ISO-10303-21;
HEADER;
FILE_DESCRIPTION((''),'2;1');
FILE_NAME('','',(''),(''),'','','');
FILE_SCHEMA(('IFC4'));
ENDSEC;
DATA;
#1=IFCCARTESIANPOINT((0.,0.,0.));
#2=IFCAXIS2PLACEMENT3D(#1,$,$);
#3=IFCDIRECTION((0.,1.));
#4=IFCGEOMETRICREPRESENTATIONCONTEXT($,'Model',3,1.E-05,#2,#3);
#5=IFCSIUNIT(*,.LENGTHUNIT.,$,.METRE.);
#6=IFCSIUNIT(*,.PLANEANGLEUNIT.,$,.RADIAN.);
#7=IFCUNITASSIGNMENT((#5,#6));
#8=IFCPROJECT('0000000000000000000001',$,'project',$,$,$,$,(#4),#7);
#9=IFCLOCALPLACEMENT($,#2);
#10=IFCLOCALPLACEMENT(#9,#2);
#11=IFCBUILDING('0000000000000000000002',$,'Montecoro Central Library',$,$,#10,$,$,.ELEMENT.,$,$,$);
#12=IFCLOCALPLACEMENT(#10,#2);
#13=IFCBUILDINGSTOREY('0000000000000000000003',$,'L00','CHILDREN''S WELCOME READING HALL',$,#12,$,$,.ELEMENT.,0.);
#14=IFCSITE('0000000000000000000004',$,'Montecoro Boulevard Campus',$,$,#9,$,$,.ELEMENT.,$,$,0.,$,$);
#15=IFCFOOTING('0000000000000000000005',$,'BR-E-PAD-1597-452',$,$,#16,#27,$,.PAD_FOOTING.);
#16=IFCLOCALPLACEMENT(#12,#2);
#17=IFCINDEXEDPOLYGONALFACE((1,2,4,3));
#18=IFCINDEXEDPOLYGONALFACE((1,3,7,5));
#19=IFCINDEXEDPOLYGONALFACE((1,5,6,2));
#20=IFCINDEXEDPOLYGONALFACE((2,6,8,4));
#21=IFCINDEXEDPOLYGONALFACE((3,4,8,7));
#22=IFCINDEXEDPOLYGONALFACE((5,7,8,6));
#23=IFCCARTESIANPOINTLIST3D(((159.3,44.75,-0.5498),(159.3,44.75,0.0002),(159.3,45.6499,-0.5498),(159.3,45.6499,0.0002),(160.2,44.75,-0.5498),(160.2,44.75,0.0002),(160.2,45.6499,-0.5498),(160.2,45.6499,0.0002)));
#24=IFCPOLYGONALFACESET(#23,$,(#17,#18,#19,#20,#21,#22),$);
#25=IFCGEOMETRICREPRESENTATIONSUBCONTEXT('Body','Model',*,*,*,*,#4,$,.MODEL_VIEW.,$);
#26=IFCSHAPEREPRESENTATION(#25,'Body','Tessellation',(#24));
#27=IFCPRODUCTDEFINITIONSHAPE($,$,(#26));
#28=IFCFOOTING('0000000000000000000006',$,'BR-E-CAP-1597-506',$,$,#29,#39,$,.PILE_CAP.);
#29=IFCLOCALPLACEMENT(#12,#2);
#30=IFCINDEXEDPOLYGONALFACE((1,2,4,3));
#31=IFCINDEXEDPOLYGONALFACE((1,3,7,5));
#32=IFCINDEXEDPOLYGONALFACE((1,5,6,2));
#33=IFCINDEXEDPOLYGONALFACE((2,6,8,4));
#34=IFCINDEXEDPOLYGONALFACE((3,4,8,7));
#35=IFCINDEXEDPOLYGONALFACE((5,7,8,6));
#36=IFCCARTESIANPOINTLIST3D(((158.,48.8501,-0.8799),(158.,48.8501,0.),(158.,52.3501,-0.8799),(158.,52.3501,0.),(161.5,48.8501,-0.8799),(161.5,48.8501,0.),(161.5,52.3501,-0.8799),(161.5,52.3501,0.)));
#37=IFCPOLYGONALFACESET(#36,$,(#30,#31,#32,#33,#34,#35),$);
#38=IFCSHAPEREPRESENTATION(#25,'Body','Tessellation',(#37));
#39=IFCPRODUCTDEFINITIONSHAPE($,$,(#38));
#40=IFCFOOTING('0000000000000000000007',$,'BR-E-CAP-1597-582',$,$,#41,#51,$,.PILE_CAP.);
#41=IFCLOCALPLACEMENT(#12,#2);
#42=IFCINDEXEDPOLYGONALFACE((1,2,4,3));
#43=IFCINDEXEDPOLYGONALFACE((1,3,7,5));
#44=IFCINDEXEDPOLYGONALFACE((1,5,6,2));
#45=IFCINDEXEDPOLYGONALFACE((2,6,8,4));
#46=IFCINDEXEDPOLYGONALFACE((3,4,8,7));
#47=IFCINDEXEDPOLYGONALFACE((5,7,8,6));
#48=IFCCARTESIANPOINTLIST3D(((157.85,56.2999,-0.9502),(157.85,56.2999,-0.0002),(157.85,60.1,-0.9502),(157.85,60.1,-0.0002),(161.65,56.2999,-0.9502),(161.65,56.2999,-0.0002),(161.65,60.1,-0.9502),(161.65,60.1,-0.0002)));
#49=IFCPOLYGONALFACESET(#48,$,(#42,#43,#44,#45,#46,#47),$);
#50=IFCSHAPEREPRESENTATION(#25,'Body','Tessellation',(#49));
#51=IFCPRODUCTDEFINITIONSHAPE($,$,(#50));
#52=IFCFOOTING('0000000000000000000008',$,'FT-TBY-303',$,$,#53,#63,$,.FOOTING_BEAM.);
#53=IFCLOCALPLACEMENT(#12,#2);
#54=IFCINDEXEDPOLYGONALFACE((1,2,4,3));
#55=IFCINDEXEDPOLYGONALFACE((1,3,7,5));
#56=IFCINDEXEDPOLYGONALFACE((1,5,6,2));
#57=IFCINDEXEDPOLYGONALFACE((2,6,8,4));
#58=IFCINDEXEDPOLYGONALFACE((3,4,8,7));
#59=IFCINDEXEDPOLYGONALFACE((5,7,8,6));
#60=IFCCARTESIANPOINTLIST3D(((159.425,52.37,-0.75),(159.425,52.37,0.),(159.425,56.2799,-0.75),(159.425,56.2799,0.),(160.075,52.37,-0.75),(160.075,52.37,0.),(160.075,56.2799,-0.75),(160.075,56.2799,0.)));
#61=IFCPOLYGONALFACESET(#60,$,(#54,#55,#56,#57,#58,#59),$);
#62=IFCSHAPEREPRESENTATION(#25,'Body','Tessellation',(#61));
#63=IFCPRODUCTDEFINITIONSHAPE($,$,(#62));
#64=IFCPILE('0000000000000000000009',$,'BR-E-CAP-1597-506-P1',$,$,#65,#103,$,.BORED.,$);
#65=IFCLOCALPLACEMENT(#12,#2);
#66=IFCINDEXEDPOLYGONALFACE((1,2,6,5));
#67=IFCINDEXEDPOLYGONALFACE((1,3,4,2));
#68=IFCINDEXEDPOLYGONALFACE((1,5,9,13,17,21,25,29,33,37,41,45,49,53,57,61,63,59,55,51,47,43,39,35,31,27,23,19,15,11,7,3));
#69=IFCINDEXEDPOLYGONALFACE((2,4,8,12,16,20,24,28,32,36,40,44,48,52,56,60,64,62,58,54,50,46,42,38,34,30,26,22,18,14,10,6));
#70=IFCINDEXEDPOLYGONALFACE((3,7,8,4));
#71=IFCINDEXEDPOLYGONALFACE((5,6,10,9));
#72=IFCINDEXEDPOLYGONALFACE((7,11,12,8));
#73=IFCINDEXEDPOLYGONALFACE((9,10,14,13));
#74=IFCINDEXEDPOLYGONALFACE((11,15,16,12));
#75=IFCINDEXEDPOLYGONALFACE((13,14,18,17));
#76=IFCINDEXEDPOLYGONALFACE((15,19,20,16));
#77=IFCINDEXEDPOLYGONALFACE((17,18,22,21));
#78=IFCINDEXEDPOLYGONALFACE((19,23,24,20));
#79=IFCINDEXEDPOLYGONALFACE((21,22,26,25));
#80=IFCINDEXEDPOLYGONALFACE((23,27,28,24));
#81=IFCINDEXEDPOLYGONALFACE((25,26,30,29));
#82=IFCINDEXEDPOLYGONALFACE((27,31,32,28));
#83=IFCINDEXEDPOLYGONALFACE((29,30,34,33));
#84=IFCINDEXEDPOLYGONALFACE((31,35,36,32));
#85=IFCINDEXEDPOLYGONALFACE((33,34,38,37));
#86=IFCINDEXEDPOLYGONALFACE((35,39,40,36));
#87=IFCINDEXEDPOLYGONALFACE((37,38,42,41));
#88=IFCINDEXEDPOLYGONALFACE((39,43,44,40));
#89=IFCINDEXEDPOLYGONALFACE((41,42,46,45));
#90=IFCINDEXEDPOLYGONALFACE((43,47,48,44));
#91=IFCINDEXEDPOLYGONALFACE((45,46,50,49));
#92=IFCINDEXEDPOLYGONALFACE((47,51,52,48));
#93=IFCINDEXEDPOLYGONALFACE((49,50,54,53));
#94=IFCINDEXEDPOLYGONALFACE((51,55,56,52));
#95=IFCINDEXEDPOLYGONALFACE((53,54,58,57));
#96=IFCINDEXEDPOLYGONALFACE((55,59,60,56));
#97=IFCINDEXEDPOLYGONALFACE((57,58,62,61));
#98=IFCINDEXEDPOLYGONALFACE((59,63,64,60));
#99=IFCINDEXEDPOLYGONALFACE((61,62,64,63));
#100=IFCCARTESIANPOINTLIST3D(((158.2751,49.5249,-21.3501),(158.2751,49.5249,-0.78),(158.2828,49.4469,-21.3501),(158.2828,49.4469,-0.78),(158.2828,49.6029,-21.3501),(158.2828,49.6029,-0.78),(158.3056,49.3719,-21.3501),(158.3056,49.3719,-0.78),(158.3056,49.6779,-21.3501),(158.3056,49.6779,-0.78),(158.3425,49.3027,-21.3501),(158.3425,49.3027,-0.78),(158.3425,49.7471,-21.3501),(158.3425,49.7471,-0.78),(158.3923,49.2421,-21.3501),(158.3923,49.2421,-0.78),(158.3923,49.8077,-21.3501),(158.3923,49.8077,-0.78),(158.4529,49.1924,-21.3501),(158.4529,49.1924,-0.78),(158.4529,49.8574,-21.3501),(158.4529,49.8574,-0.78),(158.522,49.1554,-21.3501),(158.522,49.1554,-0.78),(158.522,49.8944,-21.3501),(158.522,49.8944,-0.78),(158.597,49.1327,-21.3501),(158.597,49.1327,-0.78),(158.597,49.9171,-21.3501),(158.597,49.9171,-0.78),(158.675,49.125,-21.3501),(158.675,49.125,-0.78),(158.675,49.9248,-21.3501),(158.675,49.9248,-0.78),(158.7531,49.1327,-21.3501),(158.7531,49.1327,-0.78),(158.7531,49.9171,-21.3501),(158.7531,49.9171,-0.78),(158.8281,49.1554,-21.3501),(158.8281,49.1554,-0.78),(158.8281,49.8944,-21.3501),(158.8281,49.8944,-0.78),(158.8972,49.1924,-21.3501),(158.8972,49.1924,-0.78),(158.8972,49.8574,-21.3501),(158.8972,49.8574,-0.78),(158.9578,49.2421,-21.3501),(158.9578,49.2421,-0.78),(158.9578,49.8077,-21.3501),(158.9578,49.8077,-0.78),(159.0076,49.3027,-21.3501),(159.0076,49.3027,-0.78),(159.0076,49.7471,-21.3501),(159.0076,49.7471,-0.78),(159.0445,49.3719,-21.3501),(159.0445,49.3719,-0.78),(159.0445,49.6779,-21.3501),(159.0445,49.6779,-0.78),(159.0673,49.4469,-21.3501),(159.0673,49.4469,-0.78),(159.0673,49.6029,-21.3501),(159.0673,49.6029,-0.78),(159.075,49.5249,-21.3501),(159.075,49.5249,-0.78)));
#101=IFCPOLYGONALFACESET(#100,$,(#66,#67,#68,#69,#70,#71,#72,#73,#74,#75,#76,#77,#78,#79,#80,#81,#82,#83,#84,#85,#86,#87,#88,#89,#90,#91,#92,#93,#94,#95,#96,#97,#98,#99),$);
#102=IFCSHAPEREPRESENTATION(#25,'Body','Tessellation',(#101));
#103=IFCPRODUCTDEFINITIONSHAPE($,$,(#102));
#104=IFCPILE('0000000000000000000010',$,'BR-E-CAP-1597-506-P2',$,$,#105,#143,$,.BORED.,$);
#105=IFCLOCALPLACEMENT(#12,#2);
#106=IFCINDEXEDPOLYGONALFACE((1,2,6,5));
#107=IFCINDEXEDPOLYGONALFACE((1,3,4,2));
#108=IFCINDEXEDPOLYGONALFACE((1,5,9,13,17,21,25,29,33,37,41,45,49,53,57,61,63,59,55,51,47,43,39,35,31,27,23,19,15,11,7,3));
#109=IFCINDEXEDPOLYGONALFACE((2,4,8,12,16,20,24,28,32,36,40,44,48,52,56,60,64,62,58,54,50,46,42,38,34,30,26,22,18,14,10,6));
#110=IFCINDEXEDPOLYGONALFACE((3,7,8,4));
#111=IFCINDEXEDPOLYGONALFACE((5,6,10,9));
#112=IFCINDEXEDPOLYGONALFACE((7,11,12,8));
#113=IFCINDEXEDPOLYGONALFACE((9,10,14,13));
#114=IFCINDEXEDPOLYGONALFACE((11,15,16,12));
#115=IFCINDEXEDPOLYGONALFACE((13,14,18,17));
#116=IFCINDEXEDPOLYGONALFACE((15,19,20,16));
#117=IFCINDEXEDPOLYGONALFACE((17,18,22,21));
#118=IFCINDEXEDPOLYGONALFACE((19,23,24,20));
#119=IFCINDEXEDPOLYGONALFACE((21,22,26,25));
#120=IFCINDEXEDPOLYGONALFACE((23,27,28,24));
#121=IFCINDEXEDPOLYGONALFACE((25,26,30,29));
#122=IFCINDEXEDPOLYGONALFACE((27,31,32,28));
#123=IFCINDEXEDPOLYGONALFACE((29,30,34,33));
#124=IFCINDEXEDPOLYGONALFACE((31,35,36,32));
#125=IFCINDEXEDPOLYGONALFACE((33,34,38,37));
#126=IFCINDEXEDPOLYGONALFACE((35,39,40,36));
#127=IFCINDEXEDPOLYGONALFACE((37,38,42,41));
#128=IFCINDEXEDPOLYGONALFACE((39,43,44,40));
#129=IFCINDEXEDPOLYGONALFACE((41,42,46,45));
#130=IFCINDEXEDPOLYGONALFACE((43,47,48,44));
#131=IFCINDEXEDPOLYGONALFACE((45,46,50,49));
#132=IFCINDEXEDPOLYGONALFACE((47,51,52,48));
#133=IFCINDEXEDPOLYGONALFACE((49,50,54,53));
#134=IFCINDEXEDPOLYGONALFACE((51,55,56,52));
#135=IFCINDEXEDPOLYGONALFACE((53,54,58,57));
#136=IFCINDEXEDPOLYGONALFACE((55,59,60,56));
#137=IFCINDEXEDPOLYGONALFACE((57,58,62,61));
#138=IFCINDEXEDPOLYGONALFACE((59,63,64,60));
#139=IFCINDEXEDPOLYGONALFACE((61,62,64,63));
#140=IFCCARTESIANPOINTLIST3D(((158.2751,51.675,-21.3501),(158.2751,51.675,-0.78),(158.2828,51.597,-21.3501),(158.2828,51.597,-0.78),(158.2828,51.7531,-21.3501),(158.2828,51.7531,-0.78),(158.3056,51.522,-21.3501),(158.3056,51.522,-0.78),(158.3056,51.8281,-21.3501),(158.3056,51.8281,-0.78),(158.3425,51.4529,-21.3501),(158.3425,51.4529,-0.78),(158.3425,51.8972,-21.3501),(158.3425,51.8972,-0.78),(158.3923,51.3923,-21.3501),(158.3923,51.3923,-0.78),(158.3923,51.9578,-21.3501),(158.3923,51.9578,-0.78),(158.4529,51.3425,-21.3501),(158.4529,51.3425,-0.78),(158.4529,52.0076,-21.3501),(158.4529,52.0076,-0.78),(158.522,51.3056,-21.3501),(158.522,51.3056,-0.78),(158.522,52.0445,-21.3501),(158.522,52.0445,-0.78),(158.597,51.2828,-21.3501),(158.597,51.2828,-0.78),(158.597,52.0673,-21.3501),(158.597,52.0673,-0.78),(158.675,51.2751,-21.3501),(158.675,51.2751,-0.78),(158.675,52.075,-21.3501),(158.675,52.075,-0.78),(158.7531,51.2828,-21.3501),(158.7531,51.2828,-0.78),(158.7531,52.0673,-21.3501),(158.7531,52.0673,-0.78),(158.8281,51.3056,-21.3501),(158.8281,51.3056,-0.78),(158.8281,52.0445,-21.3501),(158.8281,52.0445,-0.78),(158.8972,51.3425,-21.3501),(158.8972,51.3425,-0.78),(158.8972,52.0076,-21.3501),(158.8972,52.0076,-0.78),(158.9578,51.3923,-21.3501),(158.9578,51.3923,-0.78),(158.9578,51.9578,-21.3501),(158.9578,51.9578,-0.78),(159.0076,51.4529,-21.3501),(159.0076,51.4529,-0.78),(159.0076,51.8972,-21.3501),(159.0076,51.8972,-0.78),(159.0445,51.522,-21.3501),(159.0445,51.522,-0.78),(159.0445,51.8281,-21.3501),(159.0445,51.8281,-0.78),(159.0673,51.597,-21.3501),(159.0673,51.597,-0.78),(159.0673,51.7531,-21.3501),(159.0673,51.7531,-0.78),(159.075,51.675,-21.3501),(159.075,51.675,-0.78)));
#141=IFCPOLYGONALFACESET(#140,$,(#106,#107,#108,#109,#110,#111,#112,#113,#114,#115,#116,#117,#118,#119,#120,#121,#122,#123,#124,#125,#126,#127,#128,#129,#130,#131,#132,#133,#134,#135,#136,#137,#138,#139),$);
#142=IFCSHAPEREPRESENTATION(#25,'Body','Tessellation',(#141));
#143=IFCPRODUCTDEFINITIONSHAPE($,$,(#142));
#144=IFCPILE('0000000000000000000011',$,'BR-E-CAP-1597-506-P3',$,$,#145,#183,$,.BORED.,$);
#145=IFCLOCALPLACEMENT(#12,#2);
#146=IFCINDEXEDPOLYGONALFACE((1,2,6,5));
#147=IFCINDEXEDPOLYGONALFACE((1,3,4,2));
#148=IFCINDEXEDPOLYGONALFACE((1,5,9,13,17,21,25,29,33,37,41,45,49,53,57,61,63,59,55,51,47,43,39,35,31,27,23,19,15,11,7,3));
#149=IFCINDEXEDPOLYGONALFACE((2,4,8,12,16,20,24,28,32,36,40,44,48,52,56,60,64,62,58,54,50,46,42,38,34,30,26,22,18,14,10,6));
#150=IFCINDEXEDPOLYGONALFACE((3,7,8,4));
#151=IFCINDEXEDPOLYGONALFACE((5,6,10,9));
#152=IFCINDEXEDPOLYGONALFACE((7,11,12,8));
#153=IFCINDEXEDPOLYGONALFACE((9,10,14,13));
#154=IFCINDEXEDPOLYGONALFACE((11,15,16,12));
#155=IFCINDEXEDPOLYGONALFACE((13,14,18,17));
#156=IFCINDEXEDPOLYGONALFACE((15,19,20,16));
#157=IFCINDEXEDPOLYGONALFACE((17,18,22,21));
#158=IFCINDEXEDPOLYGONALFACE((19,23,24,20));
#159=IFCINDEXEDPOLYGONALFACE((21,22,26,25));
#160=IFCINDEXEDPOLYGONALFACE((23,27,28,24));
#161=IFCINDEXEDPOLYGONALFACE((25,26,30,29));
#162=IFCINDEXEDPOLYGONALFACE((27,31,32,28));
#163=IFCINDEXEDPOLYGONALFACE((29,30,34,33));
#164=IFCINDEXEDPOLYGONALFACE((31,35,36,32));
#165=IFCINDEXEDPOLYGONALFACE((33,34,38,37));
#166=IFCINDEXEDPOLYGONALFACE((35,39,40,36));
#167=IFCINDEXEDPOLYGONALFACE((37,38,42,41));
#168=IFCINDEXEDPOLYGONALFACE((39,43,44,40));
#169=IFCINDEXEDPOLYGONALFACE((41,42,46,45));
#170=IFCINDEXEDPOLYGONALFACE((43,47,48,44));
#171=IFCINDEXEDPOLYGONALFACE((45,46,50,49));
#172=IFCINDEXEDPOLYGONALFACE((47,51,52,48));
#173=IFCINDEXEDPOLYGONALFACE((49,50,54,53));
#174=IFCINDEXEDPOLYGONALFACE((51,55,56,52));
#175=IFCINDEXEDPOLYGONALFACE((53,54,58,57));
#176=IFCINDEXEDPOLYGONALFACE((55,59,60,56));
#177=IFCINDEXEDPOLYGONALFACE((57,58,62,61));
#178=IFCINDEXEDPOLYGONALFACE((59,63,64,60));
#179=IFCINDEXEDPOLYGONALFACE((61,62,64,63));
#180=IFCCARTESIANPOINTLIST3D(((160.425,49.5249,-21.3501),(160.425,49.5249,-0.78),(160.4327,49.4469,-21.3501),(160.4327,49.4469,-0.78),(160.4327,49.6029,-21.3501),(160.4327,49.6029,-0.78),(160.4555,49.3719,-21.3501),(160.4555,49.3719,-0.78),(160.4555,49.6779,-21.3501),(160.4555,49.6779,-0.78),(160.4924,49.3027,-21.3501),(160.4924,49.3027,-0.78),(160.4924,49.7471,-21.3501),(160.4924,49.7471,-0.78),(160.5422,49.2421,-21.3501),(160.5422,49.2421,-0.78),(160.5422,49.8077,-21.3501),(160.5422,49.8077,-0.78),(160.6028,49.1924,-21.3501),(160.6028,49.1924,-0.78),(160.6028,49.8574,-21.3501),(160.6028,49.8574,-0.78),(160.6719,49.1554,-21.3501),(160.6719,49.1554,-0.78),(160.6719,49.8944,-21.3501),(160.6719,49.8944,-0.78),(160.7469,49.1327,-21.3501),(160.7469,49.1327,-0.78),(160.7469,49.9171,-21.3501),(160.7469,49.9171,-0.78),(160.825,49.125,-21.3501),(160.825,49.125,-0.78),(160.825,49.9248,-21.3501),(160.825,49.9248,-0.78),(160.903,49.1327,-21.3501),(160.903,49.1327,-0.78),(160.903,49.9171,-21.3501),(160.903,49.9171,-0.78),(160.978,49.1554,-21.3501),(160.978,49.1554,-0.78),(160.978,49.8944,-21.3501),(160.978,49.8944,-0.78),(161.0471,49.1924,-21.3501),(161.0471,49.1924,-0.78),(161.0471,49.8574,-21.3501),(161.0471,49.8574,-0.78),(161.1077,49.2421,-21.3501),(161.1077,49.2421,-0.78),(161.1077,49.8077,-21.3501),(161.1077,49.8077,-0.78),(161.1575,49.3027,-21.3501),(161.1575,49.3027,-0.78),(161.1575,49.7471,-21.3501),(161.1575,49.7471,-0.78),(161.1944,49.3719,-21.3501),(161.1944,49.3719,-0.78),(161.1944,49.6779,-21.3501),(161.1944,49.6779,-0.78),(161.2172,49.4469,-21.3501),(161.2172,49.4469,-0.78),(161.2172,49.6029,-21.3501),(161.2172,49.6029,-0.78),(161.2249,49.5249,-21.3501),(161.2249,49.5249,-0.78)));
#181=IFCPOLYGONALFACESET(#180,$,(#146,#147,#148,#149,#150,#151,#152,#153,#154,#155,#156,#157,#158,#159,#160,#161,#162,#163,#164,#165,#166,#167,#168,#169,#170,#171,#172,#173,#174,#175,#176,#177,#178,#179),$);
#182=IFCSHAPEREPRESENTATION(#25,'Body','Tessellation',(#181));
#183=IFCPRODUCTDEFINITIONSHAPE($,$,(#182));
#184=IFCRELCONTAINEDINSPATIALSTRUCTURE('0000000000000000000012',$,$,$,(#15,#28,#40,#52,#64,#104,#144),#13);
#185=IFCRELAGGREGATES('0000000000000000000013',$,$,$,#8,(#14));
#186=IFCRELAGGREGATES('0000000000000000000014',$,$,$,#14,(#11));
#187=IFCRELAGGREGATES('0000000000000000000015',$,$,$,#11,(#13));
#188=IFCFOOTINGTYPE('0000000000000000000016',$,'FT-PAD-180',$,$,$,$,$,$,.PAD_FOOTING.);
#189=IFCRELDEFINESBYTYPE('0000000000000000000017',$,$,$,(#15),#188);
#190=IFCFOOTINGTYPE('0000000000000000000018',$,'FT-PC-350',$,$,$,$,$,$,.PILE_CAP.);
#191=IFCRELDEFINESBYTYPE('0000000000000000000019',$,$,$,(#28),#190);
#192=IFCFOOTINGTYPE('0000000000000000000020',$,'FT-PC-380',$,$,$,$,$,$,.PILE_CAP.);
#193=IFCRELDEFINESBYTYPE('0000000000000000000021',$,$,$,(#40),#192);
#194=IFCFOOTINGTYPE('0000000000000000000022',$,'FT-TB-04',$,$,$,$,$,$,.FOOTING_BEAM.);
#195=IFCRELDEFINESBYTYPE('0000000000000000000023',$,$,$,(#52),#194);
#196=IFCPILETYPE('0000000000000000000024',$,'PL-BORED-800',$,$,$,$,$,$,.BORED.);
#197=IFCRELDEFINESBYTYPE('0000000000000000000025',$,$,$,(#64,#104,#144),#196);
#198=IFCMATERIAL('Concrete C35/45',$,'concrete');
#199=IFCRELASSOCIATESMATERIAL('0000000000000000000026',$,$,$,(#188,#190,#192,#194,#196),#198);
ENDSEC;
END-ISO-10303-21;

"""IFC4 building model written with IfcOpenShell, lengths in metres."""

from ifc_helpers import new_model, si_unit, direction, frame, origin, origin_2d, place, context, subcontext, project, spatial, rectangle, circle, extrude, material, material_profile, profile_set, type_object, element, save


model = new_model("IFC4")

# Units and contexts
model_context = context("Model", 3, precision=1e-05, world=origin(), true_north=direction((0.0, 1.0)))
body_context = subcontext(model_context, "Body", "Model", "MODEL_VIEW")
ifc_project = project(units=[si_unit("LENGTHUNIT", "METRE"), si_unit("PLANEANGLEUNIT", "RADIAN")], contexts=[model_context])

# Site, building, storey
site_placement = place(None, origin())
site = spatial("IfcSite", under=ifc_project, at=site_placement, Name="Montecoro Boulevard Campus", CompositionType="ELEMENT", RefElevation=0.0)
building_placement = place(site_placement, origin())
building = spatial("IfcBuilding", under=site, at=building_placement, Name="Montecoro Central Library", CompositionType="ELEMENT")
storey_placement = place(building_placement, origin())
storey = spatial("IfcBuildingStorey", under=building, at=storey_placement, Name="L00", Description="CHILDREN'S WELCOME READING HALL", CompositionType="ELEMENT", Elevation=0.0)

# Footings
ifc_material_1 = material(Name="Concrete C35/45", Category="concrete")
footing_type_1 = type_object("IfcFootingType", Name="FT-PAD-180", PredefinedType="PAD_FOOTING", material=ifc_material_1)
footing_1_placement = place(storey_placement, frame((159.75, 45.2, -0.5498), z_axis=(0.0, 0.0, 1.0), x_axis=(1.0, 0.0, 0.0)))
element("IfcFooting", 1, at=footing_1_placement, inside=storey, type_object=footing_type_1, Name="BR-E-PAD-1597-452", PredefinedType="PAD_FOOTING", context=body_context, shape_type="SweptSolid", body=[
    extrude(rectangle(XDim=0.8999, YDim=0.8999, at=origin_2d()), origin(), (0.0, 0.0, 1.0), 0.55),
])
footing_type_2 = type_object("IfcFootingType", Name="FT-PC-350", PredefinedType="PILE_CAP", material=ifc_material_1)
footing_2_placement = place(storey_placement, frame((159.75, 50.6001, -0.8799), z_axis=(0.0, 0.0, 1.0), x_axis=(1.0, 0.0, 0.0)))
element("IfcFooting", 2, at=footing_2_placement, inside=storey, type_object=footing_type_2, Name="BR-E-CAP-1597-506", PredefinedType="PILE_CAP", context=body_context, shape_type="SweptSolid", body=[
    extrude(rectangle(XDim=3.5, YDim=3.5, at=origin_2d()), origin(), (0.0, 0.0, 1.0), 0.8799),
])
footing_type_3 = type_object("IfcFootingType", Name="FT-PC-380", PredefinedType="PILE_CAP", material=ifc_material_1)
footing_3_placement = place(storey_placement, frame((159.75, 58.2, -0.9502), z_axis=(0.0, 0.0, 1.0), x_axis=(1.0, 0.0, 0.0)))
element("IfcFooting", 3, at=footing_3_placement, inside=storey, type_object=footing_type_3, Name="BR-E-CAP-1597-582", PredefinedType="PILE_CAP", context=body_context, shape_type="SweptSolid", body=[
    extrude(rectangle(XDim=3.8, YDim=3.8, at=origin_2d()), origin(), (0.0, 0.0, 1.0), 0.95),
])
footing_type_4 = type_object("IfcFootingType", Name="FT-TB-04", PredefinedType="FOOTING_BEAM", material=ifc_material_1)
footing_4_placement = place(storey_placement, frame((159.75, 54.325, -0.75), z_axis=(0.0, 0.0, 1.0), x_axis=(1.0, 0.0, 0.0)))
element("IfcFooting", 4, at=footing_4_placement, inside=storey, type_object=footing_type_4, Name="FT-TBY-303", PredefinedType="FOOTING_BEAM", context=body_context, shape_type="SweptSolid", body=[
    extrude(rectangle(XDim=0.6499, YDim=3.9099, at=origin_2d()), origin(), (0.0, 0.0, 1.0), 0.75),
])

# Piles
ifc_material_profile_1 = material_profile(ifc_material_1, circle(Radius=0.3999, at=origin_2d()), Name="PILE D800")
ifc_profile_set_1 = profile_set([ifc_material_profile_1], Name="Concrete C35/45")
pile_type_1 = type_object("IfcPileType", Name="PL-BORED-800", PredefinedType="BORED", material=ifc_profile_set_1)
for number, where, z_axis, x_axis, name in (
    (5, (158.675, 49.5249, -0.78), (0.0, 0.0, -1.0), (1.0, 0.0, 0.0), "BR-E-CAP-1597-506-P1"),
    (6, (158.675, 51.675, -0.78), (0.0, 0.0, -1.0), (1.0, 0.0, 0.0), "BR-E-CAP-1597-506-P2"),
    (7, (160.825, 49.5249, -0.78), (0.0, 0.0, -1.0), (1.0, 0.0, 0.0), "BR-E-CAP-1597-506-P3"),
):
    element("IfcPile", number, at=place(storey_placement, frame(where, z_axis=z_axis, x_axis=x_axis)), inside=storey, type_object=pile_type_1, Name=name, PredefinedType="BORED", context=body_context, shape_type="SweptSolid", body=[
        extrude(circle(Radius=0.3999, at=origin_2d()), origin(), (0.0, 0.0, 1.0), 20.5701),
    ])

save(model, "model.ifc")
